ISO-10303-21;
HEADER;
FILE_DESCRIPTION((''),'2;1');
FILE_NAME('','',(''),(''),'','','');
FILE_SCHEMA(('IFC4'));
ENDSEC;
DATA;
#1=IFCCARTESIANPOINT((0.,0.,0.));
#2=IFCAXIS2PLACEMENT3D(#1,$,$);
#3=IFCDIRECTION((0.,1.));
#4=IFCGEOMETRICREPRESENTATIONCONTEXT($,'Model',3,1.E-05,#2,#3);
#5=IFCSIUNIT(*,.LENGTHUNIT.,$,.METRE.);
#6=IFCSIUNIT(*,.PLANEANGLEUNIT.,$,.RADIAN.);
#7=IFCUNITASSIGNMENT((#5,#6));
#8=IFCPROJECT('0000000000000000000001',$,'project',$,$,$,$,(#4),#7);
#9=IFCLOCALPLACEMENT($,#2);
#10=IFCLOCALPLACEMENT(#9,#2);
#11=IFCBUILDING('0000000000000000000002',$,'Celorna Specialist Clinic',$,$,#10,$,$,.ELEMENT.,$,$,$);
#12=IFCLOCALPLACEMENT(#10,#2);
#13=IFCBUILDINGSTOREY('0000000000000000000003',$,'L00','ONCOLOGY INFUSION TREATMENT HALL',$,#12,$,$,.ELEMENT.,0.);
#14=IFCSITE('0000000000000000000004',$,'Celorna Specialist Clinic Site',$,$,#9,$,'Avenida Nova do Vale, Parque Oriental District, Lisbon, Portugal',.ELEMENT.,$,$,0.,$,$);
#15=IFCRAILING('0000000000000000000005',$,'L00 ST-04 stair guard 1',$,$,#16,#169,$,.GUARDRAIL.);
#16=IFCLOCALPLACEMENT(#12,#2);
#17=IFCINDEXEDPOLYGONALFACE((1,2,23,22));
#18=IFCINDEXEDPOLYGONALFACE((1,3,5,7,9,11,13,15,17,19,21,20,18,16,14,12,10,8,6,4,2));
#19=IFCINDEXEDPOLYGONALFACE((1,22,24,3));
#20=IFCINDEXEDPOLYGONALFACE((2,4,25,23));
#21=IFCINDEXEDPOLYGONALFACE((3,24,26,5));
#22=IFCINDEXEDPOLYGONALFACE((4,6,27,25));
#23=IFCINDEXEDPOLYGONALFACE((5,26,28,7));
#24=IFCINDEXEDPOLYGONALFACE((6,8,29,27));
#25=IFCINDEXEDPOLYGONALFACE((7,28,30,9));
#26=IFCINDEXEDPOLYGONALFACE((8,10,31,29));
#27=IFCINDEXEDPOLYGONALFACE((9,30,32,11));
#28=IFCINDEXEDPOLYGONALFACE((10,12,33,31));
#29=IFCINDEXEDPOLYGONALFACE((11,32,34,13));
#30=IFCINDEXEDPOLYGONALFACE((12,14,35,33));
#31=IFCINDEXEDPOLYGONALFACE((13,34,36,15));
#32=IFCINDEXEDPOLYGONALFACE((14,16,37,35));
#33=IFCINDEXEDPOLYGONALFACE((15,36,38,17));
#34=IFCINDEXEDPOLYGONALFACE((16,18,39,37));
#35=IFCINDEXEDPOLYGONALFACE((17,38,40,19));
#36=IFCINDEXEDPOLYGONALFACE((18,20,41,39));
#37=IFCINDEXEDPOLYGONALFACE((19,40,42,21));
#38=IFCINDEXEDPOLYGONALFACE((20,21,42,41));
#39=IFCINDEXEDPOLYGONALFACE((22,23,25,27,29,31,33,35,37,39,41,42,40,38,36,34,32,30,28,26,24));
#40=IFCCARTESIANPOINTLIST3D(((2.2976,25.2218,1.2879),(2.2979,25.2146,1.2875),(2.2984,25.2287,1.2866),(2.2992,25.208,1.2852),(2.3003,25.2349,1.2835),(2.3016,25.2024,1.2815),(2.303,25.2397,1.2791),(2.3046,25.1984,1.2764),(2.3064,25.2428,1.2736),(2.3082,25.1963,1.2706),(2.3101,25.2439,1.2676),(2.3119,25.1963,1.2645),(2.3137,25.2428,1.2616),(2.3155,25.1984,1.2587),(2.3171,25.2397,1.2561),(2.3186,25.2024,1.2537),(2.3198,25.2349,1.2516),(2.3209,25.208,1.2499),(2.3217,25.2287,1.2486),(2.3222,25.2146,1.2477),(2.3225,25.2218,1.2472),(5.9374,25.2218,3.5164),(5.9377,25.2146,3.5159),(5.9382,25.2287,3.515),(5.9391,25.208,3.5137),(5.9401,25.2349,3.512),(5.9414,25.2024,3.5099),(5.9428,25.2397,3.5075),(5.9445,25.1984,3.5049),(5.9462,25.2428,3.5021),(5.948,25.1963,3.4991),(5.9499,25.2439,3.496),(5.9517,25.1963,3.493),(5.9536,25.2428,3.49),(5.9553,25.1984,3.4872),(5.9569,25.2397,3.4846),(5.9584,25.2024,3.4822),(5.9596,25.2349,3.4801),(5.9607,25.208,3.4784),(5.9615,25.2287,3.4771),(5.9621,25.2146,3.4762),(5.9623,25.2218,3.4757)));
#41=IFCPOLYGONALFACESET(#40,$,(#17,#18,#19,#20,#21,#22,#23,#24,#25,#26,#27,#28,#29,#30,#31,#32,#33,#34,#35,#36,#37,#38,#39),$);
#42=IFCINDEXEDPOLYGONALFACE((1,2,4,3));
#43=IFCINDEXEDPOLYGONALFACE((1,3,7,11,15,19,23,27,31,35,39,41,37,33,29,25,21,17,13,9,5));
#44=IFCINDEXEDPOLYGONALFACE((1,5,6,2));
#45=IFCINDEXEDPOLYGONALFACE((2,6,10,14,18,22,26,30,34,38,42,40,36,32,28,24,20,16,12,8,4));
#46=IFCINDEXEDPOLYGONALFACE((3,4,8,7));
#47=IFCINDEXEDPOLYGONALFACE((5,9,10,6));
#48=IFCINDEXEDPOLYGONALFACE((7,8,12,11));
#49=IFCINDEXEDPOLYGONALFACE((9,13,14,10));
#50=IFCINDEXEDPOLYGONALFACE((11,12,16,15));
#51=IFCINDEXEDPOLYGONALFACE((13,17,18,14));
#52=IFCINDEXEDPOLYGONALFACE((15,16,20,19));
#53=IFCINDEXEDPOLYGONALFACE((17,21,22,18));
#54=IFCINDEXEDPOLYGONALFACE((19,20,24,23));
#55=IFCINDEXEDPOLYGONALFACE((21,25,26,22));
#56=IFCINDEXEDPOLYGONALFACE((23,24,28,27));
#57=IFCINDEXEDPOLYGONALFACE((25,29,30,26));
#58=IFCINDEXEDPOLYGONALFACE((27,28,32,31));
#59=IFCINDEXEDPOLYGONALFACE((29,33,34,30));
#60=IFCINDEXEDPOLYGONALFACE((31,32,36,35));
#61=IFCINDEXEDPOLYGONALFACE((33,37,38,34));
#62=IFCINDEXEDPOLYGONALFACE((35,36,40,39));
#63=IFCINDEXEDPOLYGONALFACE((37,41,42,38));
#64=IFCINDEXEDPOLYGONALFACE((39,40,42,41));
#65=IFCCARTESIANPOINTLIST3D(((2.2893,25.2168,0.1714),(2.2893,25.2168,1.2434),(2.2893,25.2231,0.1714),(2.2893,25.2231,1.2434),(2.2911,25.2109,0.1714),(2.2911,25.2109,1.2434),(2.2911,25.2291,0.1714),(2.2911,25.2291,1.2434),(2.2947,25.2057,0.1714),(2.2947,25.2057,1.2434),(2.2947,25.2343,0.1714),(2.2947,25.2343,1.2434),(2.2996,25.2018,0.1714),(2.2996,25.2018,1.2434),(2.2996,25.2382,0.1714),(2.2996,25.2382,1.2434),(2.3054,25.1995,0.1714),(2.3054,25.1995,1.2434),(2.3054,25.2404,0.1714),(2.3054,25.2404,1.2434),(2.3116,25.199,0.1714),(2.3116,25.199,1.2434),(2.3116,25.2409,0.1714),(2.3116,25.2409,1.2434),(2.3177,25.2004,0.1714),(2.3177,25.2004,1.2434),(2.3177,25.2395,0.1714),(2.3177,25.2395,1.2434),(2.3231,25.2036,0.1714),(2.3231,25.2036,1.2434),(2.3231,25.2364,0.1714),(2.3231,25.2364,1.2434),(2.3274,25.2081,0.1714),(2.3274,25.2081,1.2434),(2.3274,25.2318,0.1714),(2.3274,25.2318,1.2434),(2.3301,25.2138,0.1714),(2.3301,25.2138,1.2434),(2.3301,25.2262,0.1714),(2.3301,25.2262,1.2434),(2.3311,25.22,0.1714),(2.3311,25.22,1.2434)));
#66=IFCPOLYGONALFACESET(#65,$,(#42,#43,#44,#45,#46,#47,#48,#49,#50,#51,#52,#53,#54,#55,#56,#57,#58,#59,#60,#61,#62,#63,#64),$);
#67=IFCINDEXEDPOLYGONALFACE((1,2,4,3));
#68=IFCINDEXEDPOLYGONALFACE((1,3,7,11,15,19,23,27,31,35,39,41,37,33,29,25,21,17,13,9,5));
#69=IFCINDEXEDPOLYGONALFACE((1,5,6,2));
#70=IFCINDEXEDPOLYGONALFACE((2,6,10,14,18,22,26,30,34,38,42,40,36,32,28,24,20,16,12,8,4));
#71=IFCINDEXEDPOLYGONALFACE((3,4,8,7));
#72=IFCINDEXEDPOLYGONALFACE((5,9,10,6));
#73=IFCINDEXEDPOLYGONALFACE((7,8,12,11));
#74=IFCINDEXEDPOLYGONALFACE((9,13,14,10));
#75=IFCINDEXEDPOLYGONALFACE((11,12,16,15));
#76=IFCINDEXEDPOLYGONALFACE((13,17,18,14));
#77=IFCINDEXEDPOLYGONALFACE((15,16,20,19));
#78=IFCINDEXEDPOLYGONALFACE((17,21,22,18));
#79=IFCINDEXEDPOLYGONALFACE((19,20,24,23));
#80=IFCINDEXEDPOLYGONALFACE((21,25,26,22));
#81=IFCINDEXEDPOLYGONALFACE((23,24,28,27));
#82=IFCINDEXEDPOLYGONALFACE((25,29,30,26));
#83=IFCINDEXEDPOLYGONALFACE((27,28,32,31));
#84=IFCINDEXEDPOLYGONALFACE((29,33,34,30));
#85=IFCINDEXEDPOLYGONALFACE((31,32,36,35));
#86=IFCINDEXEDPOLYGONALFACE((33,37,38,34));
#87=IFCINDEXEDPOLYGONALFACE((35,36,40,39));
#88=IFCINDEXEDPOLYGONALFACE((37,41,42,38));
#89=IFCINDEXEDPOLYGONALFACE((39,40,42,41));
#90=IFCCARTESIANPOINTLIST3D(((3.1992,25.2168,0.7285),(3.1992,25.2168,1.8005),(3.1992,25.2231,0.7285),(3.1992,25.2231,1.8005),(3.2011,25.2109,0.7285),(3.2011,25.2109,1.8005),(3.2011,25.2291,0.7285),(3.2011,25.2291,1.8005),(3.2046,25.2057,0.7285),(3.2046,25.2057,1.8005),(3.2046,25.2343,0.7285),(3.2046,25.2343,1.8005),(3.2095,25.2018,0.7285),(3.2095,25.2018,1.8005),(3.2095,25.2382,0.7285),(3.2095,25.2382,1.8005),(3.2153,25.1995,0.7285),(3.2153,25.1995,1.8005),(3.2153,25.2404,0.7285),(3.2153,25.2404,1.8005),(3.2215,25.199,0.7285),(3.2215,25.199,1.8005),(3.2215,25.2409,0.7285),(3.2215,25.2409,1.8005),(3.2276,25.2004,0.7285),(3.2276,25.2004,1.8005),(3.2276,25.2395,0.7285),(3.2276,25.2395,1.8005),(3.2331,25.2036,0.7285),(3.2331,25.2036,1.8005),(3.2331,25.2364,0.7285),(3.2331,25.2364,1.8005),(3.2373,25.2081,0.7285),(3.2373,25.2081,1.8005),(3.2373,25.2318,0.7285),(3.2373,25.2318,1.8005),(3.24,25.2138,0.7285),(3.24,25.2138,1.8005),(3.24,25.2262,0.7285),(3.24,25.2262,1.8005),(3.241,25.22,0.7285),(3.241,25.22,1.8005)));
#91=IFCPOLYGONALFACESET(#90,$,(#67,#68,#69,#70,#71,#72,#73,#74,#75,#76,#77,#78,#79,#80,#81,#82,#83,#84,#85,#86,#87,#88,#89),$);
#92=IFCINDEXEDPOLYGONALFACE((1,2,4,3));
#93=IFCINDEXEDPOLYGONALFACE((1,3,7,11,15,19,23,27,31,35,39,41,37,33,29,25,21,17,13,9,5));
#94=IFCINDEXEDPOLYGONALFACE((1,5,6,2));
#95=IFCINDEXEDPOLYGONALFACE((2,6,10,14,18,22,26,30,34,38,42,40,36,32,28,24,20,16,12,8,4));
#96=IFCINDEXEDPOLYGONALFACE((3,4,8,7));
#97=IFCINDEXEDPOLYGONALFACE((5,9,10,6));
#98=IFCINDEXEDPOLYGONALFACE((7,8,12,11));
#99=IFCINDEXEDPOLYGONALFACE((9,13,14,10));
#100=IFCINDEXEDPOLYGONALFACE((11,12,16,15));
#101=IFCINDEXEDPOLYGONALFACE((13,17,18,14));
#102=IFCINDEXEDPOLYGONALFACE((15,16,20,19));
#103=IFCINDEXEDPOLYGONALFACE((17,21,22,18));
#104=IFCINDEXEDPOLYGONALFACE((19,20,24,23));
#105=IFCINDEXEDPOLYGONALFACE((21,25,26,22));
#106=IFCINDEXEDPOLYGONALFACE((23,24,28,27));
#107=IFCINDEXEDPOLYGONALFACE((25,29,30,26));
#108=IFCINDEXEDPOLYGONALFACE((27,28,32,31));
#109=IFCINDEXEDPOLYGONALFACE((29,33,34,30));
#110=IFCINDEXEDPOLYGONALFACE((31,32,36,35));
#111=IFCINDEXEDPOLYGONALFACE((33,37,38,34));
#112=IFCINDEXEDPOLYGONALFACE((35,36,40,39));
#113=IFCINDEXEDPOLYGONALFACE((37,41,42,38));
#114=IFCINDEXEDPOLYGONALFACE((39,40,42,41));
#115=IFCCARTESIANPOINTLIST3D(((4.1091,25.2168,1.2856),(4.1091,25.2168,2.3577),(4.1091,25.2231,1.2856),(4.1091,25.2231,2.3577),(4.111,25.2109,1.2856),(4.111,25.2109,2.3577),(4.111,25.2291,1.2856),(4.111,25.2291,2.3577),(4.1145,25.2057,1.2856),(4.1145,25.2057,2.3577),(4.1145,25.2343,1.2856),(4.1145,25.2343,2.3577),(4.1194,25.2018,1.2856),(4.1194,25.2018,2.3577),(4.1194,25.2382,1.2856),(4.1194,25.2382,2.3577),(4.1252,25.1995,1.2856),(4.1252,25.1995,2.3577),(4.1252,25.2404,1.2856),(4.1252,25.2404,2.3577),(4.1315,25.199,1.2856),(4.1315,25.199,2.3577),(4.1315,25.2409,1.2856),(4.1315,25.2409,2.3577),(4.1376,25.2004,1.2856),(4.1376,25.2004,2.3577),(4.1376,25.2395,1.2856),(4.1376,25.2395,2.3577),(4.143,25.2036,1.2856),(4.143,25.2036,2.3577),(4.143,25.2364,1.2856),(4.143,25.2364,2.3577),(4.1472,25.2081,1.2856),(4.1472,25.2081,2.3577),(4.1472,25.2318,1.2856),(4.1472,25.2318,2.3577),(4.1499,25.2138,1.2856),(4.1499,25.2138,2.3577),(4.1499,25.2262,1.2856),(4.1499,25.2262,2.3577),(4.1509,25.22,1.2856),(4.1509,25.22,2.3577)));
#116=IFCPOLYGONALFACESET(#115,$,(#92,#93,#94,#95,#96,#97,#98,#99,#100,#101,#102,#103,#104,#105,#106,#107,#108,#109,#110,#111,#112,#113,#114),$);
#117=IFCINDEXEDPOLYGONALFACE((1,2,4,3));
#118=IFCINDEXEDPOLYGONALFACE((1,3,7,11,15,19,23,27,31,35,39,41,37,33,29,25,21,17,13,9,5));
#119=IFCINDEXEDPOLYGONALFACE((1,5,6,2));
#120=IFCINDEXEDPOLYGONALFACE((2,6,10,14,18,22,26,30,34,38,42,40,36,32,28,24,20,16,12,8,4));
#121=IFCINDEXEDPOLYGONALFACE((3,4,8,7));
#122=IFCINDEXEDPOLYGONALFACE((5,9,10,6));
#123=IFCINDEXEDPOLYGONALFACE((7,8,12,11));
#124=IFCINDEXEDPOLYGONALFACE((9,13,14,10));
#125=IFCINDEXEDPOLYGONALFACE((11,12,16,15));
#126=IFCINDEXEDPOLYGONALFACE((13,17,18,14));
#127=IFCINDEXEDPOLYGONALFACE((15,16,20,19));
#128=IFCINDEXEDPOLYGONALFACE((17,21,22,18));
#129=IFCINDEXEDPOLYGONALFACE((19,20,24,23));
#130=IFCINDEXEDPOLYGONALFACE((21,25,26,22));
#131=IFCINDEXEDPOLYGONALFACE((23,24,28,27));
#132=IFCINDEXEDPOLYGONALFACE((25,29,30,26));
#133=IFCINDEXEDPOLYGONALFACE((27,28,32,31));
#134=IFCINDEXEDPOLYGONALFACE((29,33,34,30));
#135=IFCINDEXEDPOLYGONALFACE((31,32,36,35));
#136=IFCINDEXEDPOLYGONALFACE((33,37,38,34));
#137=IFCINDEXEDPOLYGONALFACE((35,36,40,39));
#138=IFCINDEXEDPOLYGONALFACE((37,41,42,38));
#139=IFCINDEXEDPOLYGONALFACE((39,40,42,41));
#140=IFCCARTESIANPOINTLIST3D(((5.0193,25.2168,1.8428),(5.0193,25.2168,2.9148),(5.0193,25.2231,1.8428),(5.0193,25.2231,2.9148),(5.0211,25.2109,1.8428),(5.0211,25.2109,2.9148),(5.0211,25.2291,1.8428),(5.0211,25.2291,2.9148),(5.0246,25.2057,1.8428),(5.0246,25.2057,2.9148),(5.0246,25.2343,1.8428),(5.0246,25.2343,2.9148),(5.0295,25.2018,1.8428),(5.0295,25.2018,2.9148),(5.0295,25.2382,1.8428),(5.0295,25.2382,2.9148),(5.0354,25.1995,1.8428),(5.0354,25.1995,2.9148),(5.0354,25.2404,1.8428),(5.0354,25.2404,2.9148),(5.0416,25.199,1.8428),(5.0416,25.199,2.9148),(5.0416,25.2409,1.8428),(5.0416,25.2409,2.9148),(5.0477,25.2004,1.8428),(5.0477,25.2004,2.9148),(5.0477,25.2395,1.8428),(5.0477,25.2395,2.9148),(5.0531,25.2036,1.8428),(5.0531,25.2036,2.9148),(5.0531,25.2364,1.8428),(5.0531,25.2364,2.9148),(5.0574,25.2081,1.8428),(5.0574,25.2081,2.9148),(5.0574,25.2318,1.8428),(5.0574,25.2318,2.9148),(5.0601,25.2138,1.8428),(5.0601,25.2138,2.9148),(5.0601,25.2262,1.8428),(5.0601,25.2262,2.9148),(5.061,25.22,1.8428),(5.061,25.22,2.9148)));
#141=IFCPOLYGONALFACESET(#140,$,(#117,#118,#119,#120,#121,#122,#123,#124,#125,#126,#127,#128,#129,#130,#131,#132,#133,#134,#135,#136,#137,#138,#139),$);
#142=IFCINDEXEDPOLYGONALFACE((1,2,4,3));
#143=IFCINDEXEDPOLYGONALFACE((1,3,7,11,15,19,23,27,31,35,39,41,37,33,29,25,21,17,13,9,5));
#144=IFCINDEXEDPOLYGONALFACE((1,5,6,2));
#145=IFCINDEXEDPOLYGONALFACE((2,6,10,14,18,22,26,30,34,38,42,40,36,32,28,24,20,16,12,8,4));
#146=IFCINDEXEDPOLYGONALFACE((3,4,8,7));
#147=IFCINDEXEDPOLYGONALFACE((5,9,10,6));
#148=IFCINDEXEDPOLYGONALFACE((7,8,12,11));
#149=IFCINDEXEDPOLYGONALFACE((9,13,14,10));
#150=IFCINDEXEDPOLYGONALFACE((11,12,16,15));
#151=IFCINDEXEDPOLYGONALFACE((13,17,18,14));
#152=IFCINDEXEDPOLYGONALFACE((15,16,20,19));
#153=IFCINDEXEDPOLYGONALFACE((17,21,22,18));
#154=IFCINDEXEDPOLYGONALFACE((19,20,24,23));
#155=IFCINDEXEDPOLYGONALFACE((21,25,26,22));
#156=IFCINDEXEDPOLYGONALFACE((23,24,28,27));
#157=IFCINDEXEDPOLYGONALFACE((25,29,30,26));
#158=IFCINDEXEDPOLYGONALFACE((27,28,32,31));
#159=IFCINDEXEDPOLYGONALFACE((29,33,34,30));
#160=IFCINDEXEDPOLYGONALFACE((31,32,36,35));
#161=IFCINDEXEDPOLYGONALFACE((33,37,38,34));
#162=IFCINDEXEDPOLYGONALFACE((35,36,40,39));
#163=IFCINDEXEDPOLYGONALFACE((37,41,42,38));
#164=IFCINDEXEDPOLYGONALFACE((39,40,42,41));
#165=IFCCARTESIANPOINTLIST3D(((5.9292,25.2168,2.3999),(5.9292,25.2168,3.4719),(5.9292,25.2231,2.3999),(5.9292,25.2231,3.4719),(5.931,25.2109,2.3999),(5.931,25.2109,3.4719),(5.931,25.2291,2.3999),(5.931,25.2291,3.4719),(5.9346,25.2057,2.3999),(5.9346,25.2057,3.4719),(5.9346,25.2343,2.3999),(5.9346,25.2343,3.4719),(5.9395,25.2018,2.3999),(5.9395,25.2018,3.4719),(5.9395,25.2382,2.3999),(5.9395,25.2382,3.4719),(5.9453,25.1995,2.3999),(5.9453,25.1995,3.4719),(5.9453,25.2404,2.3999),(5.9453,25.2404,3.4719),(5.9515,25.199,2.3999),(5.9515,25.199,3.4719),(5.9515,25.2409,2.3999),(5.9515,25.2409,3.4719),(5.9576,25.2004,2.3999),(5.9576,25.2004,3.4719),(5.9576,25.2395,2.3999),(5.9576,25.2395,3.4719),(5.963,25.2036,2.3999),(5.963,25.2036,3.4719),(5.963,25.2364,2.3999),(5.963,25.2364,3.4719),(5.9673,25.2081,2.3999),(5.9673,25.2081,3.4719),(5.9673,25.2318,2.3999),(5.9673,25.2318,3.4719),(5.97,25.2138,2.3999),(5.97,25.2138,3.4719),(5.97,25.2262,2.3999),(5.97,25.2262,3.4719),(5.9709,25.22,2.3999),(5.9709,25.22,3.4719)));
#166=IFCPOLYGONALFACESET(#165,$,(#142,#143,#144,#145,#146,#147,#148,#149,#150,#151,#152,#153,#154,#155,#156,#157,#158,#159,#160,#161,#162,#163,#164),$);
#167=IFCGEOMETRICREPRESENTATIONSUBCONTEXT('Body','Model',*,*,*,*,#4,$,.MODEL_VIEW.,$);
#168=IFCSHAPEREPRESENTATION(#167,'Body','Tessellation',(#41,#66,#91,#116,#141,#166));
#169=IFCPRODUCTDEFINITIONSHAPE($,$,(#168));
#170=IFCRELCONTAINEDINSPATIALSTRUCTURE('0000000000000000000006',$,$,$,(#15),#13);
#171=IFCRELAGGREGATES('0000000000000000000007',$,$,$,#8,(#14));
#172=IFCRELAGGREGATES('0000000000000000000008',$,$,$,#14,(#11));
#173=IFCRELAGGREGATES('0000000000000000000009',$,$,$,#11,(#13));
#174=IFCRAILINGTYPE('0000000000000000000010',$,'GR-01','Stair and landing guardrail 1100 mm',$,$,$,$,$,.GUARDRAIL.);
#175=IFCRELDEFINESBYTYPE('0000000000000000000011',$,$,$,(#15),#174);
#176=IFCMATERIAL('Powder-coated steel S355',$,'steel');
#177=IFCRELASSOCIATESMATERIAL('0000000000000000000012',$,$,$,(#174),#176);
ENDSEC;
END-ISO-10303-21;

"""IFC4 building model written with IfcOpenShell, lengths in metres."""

from ifc_helpers import new_model, si_unit, direction, frame, origin, origin_2d, place, context, subcontext, project, spatial, circle, extrude, material, type_object, element, save


model = new_model("IFC4")

# Units and contexts
model_context = context("Model", 3, precision=1e-05, world=origin(), true_north=direction((0.0, 1.0)))
body_context = subcontext(model_context, "Body", "Model", "MODEL_VIEW")
ifc_project = project(units=[si_unit("LENGTHUNIT", "METRE"), si_unit("PLANEANGLEUNIT", "RADIAN")], contexts=[model_context])

# Site, building, storey
site_placement = place(None, origin())
site = spatial("IfcSite", under=ifc_project, at=site_placement, Name="Celorna Specialist Clinic Site", LongName="Avenida Nova do Vale, Parque Oriental District, Lisbon, Portugal", CompositionType="ELEMENT", RefElevation=0.0)
building_placement = place(site_placement, origin())
building = spatial("IfcBuilding", under=site, at=building_placement, Name="Celorna Specialist Clinic", CompositionType="ELEMENT")
storey_placement = place(building_placement, origin())
storey = spatial("IfcBuildingStorey", under=building, at=storey_placement, Name="L00", Description="ONCOLOGY INFUSION TREATMENT HALL", CompositionType="ELEMENT", Elevation=0.0)

# Railing
ifc_material_1 = material(Name="Powder-coated steel S355", Category="steel")
railing_type_1 = type_object("IfcRailingType", Name="GR-01", Description="Stair and landing guardrail 1100 mm", PredefinedType="GUARDRAIL", material=ifc_material_1)
railing_1_placement = place(storey_placement, frame((2.3101, 25.22, 0.1714)))
element("IfcRailing", 1, at=railing_1_placement, inside=storey, type_object=railing_type_1, Name="L00 ST-04 stair guard 1", PredefinedType="GUARDRAIL", context=body_context, shape_type="SweptSolid", body=[
    extrude(circle(Radius=0.0239, at=origin_2d()), frame((0.0, 0.0, 1.0962), z_axis=(0.85285, 0.0, 0.522156), x_axis=(0.0, 1.0, 0.0)), (0.0, 0.0, 1.0), 4.2678),
    extrude(circle(Radius=0.021, at=origin_2d()), origin(), (0.0, 0.0, 1.0), 1.072),
    extrude(circle(Radius=0.021, at=origin_2d()), frame((0.9099, 0.0, 0.5571)), (0.0, 0.0, 1.0), 1.072),
    extrude(circle(Radius=0.021, at=origin_2d()), frame((1.8198, 0.0, 1.1143)), (0.0, 0.0, 1.0), 1.072),
    extrude(circle(Radius=0.021, at=origin_2d()), frame((2.73, 0.0, 1.6714)), (0.0, 0.0, 1.0), 1.072),
    extrude(circle(Radius=0.021, at=origin_2d()), frame((3.6399, 0.0, 2.2285)), (0.0, 0.0, 1.0), 1.072),
])

save(model, "model.ifc")
